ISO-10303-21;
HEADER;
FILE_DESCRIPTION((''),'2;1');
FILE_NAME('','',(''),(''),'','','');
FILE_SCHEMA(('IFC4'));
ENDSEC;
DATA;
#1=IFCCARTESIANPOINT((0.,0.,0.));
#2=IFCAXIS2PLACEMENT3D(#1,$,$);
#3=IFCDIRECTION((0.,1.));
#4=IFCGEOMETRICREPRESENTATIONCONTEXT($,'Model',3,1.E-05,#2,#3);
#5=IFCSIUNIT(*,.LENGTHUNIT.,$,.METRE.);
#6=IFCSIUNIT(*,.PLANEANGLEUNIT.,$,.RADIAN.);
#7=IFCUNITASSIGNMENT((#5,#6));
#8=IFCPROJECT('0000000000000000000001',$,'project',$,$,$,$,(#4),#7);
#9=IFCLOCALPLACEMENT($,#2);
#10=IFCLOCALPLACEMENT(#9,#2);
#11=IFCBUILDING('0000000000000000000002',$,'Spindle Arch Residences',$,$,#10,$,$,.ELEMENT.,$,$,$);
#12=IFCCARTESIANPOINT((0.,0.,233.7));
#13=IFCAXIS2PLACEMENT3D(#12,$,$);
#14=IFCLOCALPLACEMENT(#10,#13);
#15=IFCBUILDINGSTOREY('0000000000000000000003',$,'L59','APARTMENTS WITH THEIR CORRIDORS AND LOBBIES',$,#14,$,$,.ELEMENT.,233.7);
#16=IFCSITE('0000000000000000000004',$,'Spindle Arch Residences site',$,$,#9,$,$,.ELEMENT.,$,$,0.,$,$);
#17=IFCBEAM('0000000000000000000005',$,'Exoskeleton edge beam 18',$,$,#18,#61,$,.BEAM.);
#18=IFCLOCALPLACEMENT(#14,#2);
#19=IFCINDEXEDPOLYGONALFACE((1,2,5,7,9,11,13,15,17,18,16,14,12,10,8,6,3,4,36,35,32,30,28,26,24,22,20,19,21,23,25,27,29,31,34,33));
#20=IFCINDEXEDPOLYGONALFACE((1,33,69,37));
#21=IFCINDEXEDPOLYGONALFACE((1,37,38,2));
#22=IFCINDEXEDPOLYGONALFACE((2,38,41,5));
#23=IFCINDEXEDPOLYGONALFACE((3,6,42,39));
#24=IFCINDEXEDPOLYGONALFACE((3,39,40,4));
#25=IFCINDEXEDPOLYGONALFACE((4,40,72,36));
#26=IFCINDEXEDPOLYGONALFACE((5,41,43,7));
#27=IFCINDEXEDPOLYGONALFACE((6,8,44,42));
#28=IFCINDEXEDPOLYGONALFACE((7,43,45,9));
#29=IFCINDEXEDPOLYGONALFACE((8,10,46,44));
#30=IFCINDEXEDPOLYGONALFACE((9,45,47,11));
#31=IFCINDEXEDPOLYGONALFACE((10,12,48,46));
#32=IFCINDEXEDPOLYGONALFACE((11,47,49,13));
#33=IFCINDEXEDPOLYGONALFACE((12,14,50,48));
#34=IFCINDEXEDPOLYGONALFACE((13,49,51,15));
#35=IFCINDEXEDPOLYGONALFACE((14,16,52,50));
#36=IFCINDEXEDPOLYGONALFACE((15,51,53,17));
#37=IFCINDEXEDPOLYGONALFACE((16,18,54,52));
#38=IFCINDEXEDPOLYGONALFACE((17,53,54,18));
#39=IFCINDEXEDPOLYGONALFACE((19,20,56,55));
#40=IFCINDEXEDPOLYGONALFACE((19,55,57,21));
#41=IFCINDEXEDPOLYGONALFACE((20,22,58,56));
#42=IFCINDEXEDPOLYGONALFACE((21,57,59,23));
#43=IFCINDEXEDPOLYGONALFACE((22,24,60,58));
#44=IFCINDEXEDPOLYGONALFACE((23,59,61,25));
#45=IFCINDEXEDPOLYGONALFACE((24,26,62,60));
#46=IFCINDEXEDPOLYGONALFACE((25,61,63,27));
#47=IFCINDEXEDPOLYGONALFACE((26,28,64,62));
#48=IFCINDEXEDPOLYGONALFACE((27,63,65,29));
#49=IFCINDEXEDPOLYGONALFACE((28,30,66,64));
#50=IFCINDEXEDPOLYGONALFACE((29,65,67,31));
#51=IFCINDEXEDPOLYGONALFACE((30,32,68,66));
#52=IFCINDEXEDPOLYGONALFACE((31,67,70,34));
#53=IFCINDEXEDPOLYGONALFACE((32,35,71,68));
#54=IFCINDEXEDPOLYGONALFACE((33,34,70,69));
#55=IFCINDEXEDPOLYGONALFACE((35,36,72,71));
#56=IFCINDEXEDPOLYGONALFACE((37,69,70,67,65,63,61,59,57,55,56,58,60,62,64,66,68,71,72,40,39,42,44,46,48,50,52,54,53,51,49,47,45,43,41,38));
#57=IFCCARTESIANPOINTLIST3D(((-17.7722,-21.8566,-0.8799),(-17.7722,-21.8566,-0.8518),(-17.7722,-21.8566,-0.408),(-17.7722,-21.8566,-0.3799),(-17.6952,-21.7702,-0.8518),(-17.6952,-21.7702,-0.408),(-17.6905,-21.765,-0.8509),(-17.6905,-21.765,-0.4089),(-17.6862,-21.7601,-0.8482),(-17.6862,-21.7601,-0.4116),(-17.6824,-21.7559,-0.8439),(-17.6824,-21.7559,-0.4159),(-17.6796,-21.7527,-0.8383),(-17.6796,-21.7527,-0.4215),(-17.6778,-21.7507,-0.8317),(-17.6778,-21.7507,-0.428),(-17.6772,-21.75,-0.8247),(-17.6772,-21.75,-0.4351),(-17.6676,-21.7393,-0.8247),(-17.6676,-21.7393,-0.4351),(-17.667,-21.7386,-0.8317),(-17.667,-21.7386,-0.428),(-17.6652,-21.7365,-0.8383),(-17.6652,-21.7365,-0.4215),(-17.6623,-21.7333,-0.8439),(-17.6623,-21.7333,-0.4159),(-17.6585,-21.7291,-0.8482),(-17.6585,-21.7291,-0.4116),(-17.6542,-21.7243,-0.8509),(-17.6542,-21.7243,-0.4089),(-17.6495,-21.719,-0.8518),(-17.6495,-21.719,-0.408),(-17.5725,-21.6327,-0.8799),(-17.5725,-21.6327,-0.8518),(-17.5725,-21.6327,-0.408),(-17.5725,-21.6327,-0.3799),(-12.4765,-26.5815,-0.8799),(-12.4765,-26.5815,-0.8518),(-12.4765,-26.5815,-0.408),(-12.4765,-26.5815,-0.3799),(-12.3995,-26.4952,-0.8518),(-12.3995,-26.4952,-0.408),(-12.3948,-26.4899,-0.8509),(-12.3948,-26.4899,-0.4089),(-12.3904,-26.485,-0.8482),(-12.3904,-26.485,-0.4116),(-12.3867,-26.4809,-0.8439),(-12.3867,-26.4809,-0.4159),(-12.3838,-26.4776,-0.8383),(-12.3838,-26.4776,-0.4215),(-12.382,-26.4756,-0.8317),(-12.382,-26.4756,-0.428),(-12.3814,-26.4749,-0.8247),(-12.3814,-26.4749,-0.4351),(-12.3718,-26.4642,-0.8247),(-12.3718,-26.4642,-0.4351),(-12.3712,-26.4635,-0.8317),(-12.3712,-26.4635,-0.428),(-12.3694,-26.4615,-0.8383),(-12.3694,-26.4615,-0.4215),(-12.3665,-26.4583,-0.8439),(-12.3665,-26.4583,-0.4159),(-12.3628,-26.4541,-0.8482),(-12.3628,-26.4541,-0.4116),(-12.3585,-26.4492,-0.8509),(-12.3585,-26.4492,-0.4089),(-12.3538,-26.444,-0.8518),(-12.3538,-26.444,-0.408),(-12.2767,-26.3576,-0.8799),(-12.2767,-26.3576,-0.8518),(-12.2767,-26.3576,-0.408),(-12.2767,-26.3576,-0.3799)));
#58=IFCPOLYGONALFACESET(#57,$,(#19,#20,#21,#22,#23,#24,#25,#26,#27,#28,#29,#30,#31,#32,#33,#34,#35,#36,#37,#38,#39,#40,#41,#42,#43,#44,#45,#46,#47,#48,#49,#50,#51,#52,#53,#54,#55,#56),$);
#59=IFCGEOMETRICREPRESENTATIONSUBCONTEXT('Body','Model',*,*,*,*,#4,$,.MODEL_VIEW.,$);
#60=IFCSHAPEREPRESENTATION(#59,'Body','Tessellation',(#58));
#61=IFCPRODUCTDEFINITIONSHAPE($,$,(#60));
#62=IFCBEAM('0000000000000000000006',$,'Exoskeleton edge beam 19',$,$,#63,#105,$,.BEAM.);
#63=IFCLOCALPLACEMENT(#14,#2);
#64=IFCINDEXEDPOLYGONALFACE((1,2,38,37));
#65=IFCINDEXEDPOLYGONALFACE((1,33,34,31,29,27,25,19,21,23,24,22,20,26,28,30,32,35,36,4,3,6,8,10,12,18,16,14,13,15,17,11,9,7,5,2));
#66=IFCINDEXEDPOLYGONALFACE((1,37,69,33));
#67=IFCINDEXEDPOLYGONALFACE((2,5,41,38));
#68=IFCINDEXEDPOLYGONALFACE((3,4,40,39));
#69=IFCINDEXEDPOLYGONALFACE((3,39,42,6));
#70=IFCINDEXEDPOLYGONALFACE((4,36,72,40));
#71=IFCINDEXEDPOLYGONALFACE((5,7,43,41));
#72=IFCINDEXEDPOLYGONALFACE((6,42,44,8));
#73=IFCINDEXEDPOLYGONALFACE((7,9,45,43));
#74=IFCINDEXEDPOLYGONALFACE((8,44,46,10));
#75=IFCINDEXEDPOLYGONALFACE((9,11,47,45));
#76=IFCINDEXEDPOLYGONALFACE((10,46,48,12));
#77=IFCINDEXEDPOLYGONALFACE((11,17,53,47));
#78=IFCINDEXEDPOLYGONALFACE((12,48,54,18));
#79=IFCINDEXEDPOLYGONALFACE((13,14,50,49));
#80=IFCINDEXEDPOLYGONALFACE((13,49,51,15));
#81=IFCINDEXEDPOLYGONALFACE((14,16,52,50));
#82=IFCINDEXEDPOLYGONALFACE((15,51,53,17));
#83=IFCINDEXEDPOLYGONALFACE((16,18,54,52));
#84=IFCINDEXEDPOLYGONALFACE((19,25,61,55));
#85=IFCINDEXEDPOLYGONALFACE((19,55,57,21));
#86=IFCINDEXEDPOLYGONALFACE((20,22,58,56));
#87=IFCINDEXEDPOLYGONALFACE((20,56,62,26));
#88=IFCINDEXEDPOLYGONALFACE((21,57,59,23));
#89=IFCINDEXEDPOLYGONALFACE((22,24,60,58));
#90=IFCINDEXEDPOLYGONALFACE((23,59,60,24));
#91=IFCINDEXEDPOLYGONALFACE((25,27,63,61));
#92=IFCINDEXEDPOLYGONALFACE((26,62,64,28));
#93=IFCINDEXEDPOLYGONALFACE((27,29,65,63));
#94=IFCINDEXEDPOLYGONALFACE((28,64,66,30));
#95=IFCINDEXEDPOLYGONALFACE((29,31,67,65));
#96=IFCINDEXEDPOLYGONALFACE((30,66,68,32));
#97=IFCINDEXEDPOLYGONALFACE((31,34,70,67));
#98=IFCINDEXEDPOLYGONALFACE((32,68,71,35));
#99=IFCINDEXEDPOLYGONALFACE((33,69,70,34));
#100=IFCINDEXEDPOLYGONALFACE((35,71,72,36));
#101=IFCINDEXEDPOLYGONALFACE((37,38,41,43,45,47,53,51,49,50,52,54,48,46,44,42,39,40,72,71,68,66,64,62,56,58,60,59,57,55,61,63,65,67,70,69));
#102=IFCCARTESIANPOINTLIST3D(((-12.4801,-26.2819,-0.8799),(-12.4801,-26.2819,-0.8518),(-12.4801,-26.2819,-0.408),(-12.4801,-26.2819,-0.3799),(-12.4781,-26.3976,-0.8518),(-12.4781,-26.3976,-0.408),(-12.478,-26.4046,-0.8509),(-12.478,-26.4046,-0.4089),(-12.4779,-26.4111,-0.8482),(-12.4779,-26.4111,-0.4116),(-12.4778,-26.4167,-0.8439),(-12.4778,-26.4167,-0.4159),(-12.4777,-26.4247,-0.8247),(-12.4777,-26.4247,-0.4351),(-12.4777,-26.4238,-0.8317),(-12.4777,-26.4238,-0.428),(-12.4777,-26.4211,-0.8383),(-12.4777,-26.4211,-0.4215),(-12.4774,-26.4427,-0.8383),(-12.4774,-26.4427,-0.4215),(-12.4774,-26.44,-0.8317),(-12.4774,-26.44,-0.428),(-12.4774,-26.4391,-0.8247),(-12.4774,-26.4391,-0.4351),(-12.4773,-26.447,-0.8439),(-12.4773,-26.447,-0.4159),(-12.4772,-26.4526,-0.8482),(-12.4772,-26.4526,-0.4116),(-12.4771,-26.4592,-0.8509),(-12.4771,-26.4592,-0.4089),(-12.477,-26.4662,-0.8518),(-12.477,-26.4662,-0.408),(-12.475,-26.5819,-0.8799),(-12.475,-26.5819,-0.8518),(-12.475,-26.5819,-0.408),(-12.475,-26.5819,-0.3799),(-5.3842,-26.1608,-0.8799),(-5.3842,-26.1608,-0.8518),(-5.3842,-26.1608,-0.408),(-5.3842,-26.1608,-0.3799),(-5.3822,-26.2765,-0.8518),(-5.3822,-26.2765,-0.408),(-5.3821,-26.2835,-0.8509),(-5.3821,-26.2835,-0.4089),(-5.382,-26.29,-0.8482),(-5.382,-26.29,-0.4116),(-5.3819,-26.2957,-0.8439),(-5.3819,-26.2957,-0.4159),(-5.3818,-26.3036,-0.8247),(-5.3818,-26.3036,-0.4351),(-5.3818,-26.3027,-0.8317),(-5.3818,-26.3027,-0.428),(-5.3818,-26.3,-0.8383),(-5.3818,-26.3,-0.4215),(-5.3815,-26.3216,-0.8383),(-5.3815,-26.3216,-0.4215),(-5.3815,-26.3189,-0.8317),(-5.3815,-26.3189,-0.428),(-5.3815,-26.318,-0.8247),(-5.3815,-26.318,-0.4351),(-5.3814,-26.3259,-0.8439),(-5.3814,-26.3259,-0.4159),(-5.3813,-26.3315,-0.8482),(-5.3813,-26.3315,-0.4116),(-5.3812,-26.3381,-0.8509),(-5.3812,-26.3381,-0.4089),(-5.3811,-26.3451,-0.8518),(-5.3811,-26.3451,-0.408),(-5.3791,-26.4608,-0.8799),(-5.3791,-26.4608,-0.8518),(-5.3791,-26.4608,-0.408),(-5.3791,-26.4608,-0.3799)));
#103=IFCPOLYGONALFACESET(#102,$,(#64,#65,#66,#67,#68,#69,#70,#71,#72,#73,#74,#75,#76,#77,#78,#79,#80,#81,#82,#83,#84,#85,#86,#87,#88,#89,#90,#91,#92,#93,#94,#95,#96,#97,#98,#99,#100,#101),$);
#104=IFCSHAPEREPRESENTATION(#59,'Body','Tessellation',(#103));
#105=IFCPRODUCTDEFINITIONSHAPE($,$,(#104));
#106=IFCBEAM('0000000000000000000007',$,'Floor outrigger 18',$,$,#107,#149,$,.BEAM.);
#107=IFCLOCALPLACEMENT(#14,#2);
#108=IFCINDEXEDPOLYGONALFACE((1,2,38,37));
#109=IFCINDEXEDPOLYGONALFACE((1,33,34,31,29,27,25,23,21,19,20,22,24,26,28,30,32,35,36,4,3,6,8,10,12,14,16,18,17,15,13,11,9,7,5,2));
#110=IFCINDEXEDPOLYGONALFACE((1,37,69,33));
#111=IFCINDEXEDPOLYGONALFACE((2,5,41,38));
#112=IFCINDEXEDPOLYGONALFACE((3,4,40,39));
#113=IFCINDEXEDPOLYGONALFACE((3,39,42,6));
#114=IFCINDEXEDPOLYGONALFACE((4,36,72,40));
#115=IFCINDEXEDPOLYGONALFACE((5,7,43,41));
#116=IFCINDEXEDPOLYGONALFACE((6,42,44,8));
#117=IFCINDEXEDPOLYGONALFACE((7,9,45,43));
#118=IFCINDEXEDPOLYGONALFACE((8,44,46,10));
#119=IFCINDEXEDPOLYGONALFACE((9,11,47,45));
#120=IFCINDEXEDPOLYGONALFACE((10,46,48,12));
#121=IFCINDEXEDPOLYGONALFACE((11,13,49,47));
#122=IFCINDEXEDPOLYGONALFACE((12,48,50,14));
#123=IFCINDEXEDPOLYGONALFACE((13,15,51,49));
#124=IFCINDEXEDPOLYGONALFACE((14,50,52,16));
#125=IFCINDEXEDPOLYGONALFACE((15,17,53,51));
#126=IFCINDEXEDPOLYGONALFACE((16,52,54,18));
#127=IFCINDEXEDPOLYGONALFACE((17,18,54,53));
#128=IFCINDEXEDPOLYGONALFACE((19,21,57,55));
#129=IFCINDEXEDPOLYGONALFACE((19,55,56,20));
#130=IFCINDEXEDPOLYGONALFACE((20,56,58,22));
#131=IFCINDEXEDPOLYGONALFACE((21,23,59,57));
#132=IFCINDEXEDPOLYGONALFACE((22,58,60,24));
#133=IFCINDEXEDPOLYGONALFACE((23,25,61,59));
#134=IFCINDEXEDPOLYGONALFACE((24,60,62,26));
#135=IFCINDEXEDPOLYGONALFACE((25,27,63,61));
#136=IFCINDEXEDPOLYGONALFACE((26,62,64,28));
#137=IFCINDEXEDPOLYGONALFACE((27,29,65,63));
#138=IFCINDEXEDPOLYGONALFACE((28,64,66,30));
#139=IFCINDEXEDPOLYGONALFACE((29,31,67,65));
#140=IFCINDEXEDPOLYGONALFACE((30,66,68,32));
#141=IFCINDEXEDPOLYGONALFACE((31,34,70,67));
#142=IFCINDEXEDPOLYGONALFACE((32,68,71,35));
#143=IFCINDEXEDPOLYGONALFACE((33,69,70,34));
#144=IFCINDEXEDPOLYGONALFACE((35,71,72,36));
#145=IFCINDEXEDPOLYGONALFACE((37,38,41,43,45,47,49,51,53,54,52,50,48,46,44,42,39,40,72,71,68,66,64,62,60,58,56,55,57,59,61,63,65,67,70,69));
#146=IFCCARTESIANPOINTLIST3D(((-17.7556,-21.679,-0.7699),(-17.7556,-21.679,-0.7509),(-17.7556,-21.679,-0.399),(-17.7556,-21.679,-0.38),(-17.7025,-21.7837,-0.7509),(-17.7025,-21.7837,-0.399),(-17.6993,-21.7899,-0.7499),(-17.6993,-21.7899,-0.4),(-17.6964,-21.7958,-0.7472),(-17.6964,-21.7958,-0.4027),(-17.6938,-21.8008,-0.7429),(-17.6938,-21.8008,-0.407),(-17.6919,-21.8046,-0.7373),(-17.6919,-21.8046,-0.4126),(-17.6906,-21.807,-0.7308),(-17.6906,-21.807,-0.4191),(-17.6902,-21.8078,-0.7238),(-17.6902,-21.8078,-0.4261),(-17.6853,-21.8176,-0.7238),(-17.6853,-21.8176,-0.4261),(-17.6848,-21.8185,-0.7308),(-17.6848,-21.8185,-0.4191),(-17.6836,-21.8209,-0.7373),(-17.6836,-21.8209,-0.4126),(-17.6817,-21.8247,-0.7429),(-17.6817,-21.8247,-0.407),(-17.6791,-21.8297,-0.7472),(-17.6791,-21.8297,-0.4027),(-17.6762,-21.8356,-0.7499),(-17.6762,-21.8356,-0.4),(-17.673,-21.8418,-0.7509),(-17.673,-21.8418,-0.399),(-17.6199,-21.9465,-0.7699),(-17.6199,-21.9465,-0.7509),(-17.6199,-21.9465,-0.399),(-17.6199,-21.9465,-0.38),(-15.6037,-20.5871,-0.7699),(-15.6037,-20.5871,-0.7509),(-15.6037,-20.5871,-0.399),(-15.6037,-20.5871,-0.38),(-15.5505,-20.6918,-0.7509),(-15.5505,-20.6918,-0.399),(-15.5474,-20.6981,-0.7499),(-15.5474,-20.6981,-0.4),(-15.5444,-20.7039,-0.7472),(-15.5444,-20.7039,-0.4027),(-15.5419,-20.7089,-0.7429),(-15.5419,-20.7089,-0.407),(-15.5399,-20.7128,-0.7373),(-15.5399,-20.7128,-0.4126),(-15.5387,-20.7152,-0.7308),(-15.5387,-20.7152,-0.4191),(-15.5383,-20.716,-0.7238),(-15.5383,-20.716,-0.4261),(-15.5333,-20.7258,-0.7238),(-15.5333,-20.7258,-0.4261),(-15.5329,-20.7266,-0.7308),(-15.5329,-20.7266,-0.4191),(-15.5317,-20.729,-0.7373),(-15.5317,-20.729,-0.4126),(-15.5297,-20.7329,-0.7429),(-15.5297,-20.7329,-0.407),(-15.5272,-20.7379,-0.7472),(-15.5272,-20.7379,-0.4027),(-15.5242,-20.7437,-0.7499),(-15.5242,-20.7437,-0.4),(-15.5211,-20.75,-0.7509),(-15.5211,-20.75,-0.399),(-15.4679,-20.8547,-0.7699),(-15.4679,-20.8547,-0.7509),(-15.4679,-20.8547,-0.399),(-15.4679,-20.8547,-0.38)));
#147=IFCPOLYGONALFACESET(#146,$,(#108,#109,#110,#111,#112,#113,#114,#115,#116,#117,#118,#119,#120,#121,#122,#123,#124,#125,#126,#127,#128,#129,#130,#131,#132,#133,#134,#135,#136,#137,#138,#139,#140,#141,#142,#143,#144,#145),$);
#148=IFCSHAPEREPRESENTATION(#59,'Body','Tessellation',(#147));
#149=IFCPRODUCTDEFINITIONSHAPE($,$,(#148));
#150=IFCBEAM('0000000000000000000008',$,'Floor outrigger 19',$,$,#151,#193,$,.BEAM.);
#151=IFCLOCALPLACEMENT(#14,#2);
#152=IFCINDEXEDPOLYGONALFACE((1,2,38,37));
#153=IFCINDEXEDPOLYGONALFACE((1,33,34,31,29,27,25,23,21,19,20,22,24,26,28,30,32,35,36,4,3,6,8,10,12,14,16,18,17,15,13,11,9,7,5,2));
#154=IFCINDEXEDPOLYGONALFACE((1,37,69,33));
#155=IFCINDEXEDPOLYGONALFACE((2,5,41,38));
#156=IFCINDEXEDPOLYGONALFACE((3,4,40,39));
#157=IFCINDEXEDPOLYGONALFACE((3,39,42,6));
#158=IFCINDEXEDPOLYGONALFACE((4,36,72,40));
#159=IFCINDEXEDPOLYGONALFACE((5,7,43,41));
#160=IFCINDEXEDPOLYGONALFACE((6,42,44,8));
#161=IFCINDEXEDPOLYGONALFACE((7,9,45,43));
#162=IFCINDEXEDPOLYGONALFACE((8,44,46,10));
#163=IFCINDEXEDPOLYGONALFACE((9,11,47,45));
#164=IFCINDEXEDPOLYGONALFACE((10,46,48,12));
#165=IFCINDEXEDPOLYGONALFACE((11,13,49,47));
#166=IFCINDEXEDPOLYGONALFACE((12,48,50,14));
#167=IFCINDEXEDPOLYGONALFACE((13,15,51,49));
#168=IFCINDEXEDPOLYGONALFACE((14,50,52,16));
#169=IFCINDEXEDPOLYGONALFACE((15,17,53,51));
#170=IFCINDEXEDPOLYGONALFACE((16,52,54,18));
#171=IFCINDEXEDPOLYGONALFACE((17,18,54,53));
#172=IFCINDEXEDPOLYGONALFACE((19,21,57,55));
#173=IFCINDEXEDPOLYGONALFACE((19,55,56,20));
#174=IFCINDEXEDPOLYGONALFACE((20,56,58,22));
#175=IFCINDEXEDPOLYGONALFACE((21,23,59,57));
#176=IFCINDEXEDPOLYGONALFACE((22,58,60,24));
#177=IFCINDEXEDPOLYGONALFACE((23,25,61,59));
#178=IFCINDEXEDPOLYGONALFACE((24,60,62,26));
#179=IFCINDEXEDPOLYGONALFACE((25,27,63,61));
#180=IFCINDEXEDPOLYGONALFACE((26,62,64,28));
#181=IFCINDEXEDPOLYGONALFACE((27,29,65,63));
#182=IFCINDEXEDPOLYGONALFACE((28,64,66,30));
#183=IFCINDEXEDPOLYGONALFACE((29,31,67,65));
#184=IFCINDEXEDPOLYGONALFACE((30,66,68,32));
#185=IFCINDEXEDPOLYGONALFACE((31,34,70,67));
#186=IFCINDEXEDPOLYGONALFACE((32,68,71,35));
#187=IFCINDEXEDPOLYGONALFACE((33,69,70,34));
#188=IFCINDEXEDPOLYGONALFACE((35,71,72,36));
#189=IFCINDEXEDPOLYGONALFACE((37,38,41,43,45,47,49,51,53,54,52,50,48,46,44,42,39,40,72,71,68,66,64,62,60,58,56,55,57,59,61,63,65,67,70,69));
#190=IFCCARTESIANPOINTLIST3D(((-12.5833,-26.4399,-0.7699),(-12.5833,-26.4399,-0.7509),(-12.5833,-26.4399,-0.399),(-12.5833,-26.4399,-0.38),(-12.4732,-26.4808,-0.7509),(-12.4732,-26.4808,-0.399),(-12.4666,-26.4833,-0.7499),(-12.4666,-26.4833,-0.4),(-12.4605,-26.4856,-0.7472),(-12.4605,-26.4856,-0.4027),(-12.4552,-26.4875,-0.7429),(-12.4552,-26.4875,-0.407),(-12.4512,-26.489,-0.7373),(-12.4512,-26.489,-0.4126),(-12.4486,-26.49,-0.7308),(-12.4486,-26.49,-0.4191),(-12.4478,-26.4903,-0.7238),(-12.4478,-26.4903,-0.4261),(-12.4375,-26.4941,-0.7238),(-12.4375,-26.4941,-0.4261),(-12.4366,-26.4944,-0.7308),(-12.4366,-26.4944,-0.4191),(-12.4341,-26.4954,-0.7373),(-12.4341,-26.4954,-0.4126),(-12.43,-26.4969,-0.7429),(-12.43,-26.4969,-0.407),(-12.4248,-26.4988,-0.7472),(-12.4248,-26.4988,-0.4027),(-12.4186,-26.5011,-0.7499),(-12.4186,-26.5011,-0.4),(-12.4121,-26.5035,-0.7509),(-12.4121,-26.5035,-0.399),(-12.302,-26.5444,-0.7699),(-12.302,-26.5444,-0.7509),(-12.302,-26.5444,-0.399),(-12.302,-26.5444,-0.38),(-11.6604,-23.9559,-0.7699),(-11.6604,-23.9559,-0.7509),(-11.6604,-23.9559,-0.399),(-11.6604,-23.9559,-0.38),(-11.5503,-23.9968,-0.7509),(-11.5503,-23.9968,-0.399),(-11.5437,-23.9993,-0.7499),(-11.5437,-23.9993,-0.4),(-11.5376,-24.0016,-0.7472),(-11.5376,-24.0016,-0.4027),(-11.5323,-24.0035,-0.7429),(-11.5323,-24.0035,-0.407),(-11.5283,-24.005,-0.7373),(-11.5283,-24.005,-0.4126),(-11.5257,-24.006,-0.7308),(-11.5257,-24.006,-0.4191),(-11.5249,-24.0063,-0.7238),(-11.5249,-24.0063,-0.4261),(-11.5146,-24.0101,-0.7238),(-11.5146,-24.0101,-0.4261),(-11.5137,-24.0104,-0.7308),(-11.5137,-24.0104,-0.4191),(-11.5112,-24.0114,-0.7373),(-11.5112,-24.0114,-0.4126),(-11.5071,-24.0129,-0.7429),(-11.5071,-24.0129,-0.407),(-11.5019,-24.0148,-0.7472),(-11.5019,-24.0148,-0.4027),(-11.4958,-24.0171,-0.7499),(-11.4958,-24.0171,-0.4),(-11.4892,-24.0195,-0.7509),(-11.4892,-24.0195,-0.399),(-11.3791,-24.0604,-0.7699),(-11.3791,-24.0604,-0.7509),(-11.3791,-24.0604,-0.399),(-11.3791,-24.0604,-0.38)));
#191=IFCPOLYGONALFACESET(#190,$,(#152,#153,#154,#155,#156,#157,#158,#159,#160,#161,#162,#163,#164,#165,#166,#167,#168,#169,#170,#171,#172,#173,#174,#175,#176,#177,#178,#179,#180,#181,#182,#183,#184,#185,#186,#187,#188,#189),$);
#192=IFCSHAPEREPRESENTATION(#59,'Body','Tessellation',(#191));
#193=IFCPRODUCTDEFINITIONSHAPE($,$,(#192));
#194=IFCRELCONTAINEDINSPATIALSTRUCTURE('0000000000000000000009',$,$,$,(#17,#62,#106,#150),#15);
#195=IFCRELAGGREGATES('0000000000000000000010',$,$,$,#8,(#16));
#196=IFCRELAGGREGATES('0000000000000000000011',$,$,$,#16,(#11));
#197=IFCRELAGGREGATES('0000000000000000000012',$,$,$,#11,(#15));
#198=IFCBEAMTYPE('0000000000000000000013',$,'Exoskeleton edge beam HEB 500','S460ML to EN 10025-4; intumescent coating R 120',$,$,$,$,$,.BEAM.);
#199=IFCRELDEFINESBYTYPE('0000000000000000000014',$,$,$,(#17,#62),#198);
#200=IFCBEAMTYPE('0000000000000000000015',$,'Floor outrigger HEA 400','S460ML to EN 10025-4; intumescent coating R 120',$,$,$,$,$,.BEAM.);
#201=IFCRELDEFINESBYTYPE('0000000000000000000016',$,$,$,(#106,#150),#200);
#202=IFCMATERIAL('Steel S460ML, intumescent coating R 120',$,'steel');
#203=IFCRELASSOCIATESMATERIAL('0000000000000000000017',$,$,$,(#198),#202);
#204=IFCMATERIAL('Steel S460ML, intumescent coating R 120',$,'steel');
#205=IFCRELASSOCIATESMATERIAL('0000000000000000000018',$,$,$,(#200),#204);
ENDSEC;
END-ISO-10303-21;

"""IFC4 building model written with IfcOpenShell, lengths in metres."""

from ifc_helpers import new_model, si_unit, direction, frame, origin, origin_2d, place, context, subcontext, project, spatial, i_section, extrude, material, material_profile, profile_set, type_object, element, save


model = new_model("IFC4")

# Units and contexts
model_context = context("Model", 3, precision=1e-05, world=origin(), true_north=direction((0.0, 1.0)))
body_context = subcontext(model_context, "Body", "Model", "MODEL_VIEW")
ifc_project = project(units=[si_unit("LENGTHUNIT", "METRE"), si_unit("PLANEANGLEUNIT", "RADIAN")], contexts=[model_context])

# Site, building, storey
site_placement = place(None, origin())
site = spatial("IfcSite", under=ifc_project, at=site_placement, Name="Spindle Arch Residences site", CompositionType="ELEMENT", RefElevation=0.0)
building_placement = place(site_placement, origin())
building = spatial("IfcBuilding", under=site, at=building_placement, Name="Spindle Arch Residences", CompositionType="ELEMENT")
storey_placement = place(building_placement, frame((0.0, 0.0, 233.7)))
storey = spatial("IfcBuildingStorey", under=building, at=storey_placement, Name="L59", Description="APARTMENTS WITH THEIR CORRIDORS AND LOBBIES", CompositionType="ELEMENT", Elevation=233.7)

# Beams
ifc_material_1 = material(Name="Steel S460ML, intumescent coating R 120", Category="steel")
ifc_material_profile_1 = material_profile(ifc_material_1, i_section(OverallWidth=0.3, OverallDepth=0.5, WebThickness=0.0144, FlangeThickness=0.0281, FilletRadius=0.0271, at=origin_2d()), Name="HEB 500")
ifc_profile_set_1 = profile_set([ifc_material_profile_1], Name="Steel S460ML, intumescent coating R 120")
beam_type_1 = type_object("IfcBeamType", Name="Exoskeleton edge beam HEB 500", Description="S460ML to EN 10025-4; intumescent coating R 120", PredefinedType="BEAM", material=ifc_profile_set_1)
beam_1_placement = place(storey_placement, frame((-17.6724, -21.7446, -0.6299), z_axis=(0.746176, -0.665748, 0.0), x_axis=(0.665748, 0.746176, 0.0)))
element("IfcBeam", 1, at=beam_1_placement, inside=storey, type_object=beam_type_1, Name="Exoskeleton edge beam 18", PredefinedType="BEAM", context=body_context, shape_type="SweptSolid", body=[
    extrude(i_section(OverallWidth=0.3, OverallDepth=0.5, WebThickness=0.0144, FlangeThickness=0.0281, FilletRadius=0.0271, at=origin_2d()), origin(), (0.0, 0.0, 1.0), 7.0972),
])
beam_2_placement = place(storey_placement, frame((-12.4775, -26.4319, -0.6299), z_axis=(0.999854, 0.017063, 0.0), x_axis=(-0.017063, 0.999854, 0.0)))
element("IfcBeam", 2, at=beam_2_placement, inside=storey, type_object=beam_type_1, Name="Exoskeleton edge beam 19", PredefinedType="BEAM", context=body_context, shape_type="SweptSolid", body=[
    extrude(i_section(OverallWidth=0.3, OverallDepth=0.5, WebThickness=0.0144, FlangeThickness=0.0281, FilletRadius=0.0271, at=origin_2d()), origin(), (0.0, 0.0, 1.0), 7.0969),
])
ifc_material_2 = material(Name="Steel S460ML, intumescent coating R 120", Category="steel")
ifc_material_profile_2 = material_profile(ifc_material_2, i_section(OverallWidth=0.3, OverallDepth=0.3899, WebThickness=0.011, FlangeThickness=0.019, FilletRadius=0.0271, at=origin_2d()), Name="HEA 400")
ifc_profile_set_2 = profile_set([ifc_material_profile_2], Name="Steel S460ML, intumescent coating R 120")
beam_type_2 = type_object("IfcBeamType", Name="Floor outrigger HEA 400", Description="S460ML to EN 10025-4; intumescent coating R 120", PredefinedType="BEAM", material=ifc_profile_set_2)
beam_3_placement = place(storey_placement, frame((-17.6877, -21.8127, -0.575), z_axis=(0.891781, 0.452467, 0.0), x_axis=(-0.452467, 0.891781, 0.0)))
element("IfcBeam", 3, at=beam_3_placement, inside=storey, type_object=beam_type_2, Name="Floor outrigger 18", PredefinedType="BEAM", context=body_context, shape_type="SweptSolid", body=[
    extrude(i_section(OverallWidth=0.3, OverallDepth=0.3899, WebThickness=0.011, FlangeThickness=0.019, FilletRadius=0.0271, at=origin_2d()), origin(), (0.0, 0.0, 1.0), 2.4131),
])
beam_4_placement = place(storey_placement, frame((-12.4426, -26.4922, -0.575), z_axis=(0.348274, 0.937393, 0.0), x_axis=(-0.937393, 0.348274, 0.0)))
element("IfcBeam", 4, at=beam_4_placement, inside=storey, type_object=beam_type_2, Name="Floor outrigger 19", PredefinedType="BEAM", context=body_context, shape_type="SweptSolid", body=[
    extrude(i_section(OverallWidth=0.3, OverallDepth=0.3899, WebThickness=0.011, FlangeThickness=0.019, FilletRadius=0.0271, at=origin_2d()), origin(), (0.0, 0.0, 1.0), 2.6499),
])

save(model, "model.ifc")
